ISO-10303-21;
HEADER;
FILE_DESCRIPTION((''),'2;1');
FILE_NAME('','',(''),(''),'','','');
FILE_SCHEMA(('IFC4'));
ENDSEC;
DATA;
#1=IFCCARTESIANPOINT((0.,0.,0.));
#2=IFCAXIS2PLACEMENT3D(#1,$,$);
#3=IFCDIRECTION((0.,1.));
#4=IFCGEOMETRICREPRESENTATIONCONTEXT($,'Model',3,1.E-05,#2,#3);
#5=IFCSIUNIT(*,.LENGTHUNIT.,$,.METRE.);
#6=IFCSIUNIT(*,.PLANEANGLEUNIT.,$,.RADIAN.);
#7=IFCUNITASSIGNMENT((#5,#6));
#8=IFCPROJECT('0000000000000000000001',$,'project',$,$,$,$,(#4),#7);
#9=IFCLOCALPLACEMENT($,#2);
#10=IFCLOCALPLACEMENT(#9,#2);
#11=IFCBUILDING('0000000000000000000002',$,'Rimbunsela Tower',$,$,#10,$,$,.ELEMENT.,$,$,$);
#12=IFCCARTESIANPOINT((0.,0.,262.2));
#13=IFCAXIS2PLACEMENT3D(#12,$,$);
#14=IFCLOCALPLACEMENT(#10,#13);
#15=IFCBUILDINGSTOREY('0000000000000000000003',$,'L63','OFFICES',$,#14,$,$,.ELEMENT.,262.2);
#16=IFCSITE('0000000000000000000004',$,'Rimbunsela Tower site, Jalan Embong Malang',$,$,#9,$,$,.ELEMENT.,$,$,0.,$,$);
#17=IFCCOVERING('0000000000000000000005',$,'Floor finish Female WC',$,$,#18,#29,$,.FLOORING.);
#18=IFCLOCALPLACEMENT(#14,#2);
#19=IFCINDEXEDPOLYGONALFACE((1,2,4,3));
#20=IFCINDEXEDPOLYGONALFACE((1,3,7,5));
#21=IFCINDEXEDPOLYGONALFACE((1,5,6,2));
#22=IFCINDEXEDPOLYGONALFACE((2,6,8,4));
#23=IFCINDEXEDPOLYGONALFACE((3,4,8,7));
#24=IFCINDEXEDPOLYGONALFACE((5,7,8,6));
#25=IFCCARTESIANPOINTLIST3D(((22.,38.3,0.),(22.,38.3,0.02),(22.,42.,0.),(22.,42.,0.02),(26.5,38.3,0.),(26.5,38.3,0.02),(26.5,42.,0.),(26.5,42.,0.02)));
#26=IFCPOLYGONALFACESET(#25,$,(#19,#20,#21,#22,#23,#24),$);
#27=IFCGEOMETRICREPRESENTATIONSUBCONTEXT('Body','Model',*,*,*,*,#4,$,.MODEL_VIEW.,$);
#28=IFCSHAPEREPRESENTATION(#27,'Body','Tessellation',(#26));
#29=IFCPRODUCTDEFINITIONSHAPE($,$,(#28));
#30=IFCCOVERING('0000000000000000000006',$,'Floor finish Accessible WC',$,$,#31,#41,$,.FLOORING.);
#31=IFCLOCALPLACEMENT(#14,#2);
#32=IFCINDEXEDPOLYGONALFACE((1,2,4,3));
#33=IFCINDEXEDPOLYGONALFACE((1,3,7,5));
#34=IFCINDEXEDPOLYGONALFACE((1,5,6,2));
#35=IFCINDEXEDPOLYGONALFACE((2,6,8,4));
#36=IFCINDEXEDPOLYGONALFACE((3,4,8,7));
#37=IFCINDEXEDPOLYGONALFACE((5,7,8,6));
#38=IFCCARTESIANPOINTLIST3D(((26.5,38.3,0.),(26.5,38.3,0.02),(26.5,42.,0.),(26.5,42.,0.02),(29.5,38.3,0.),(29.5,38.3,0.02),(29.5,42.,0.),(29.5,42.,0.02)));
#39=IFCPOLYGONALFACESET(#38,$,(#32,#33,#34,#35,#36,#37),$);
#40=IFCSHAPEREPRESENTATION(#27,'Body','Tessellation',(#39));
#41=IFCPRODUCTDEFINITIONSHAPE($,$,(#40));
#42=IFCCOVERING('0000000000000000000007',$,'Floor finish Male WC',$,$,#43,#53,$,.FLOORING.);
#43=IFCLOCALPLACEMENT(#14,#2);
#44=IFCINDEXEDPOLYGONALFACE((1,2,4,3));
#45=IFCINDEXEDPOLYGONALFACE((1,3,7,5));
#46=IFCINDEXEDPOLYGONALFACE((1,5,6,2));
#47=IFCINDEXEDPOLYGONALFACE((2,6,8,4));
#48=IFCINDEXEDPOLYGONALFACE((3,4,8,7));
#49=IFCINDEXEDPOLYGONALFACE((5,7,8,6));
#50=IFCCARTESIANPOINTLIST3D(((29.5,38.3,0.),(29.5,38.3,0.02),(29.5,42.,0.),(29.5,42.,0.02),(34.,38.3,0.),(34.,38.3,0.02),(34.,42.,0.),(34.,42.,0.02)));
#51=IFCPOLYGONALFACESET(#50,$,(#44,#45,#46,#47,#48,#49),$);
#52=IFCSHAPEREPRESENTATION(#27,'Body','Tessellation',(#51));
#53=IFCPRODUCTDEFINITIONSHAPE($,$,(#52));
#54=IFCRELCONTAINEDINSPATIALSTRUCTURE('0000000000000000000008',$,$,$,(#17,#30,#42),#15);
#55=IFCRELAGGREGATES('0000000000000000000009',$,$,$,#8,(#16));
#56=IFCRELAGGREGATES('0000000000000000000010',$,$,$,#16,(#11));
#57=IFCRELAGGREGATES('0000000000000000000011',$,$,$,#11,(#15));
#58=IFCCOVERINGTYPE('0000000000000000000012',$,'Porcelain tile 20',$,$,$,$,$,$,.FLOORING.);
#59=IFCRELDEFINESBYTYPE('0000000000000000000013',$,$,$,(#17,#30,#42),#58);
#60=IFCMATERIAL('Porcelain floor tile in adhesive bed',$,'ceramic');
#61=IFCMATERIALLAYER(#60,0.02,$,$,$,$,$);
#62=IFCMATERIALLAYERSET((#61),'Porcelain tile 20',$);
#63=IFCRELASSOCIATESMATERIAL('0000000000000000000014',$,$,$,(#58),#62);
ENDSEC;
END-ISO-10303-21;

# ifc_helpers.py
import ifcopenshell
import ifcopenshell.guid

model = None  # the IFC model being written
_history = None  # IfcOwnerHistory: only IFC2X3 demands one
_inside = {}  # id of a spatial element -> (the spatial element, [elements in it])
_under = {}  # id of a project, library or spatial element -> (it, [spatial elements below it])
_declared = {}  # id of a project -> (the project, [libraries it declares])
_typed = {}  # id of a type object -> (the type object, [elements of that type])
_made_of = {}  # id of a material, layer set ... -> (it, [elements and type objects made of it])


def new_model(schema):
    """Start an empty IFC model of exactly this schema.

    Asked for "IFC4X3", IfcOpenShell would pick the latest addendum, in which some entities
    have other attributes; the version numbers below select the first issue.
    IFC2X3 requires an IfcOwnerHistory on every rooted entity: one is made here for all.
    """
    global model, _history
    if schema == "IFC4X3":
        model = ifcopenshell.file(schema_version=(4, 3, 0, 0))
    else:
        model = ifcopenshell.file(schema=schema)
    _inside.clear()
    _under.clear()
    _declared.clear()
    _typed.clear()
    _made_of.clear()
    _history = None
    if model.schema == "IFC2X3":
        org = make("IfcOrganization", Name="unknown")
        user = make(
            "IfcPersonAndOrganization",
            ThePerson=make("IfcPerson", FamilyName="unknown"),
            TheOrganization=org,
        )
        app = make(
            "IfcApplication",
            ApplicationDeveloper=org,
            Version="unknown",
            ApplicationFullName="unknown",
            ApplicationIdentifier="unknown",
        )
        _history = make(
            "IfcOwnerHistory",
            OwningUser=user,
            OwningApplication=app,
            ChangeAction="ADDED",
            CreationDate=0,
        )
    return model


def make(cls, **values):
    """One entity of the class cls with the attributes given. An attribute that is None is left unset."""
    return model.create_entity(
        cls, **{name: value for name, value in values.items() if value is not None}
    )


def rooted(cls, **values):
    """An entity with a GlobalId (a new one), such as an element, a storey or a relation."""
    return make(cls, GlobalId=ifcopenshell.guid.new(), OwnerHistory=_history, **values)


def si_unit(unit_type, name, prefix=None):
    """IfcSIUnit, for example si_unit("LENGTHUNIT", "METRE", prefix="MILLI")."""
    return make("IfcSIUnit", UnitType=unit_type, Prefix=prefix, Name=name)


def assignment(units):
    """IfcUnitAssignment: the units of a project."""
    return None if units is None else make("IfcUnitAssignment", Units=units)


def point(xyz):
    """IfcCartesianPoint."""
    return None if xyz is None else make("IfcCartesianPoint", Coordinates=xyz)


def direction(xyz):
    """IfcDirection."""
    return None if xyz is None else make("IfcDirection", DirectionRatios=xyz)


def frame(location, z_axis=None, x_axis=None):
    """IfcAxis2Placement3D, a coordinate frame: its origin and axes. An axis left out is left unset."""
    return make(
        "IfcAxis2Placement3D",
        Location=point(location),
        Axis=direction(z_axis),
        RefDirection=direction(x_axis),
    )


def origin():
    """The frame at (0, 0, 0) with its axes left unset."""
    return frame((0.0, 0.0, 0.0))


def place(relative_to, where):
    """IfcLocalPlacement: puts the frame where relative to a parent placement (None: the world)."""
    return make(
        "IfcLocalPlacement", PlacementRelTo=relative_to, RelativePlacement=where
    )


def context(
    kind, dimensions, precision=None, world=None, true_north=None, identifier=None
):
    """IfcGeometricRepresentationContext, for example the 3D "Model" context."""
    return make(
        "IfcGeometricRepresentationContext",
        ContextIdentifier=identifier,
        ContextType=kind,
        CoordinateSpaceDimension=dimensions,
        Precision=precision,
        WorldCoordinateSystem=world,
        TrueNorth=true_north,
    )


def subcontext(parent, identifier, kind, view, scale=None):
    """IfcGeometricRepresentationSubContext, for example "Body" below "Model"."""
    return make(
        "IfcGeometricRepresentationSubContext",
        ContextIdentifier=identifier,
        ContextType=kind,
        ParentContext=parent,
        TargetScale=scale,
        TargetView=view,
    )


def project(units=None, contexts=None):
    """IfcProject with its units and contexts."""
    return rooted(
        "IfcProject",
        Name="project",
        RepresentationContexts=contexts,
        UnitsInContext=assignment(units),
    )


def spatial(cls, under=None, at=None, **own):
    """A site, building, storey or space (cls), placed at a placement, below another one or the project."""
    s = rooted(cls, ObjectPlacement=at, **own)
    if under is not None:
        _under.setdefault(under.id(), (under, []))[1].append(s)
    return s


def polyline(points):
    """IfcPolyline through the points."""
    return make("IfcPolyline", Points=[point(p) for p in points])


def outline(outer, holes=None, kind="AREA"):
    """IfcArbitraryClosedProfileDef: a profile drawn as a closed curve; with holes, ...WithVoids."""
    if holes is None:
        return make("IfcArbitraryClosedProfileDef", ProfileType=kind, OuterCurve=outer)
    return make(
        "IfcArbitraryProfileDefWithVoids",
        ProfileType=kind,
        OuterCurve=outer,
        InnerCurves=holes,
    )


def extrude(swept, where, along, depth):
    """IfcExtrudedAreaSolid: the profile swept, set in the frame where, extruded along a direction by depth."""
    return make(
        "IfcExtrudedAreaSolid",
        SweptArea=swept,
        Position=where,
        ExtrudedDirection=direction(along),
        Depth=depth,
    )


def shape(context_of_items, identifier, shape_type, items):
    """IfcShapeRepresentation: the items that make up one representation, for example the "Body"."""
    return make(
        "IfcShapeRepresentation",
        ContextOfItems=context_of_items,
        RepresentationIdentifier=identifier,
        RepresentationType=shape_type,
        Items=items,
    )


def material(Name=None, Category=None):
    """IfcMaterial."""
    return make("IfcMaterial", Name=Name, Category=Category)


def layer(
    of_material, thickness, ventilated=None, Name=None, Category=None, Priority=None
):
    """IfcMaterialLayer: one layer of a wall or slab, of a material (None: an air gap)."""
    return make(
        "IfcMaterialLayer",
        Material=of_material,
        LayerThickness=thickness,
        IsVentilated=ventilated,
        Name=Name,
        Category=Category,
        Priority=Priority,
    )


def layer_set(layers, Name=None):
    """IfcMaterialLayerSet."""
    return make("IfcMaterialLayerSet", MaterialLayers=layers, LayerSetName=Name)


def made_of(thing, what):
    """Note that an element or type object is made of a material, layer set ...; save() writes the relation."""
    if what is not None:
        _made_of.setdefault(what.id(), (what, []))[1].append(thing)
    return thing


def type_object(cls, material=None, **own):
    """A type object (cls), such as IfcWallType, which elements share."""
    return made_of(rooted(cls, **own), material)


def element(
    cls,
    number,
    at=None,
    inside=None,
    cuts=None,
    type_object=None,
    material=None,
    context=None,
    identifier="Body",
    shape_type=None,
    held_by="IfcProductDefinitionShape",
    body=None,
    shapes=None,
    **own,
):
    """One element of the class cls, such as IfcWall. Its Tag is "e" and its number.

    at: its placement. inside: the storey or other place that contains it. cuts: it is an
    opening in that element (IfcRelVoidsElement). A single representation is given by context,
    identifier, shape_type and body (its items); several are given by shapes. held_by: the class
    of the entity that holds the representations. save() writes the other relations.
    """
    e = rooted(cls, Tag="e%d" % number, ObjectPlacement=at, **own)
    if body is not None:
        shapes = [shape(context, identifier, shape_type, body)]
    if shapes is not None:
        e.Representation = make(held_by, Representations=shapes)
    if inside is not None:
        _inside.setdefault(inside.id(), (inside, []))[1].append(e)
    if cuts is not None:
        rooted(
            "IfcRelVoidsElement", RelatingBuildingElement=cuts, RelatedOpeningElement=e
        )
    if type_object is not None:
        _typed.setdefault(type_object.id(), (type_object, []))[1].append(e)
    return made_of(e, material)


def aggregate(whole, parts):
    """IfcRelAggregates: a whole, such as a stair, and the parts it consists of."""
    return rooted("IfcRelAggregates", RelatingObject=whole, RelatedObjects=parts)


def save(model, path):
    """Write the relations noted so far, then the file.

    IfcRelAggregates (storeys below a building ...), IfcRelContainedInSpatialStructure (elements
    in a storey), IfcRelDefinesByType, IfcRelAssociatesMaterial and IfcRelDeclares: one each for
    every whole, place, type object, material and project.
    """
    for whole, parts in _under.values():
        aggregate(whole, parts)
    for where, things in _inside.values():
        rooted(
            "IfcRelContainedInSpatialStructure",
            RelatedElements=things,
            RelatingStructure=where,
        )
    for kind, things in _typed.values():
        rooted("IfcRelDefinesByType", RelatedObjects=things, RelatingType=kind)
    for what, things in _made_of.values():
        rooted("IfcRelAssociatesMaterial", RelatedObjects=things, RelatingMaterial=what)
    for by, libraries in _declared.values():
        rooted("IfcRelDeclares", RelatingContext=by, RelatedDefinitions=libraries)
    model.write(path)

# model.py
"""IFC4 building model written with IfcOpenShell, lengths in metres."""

from ifc_helpers import new_model, si_unit, direction, frame, origin, place, context, subcontext, project, spatial, polyline, outline, extrude, material, layer, layer_set, type_object, element, save


model = new_model("IFC4")

# Units and contexts
model_context = context("Model", 3, precision=1e-05, world=origin(), true_north=direction((0.0, 1.0)))
body_context = subcontext(model_context, "Body", "Model", "MODEL_VIEW")
ifc_project = project(units=[si_unit("LENGTHUNIT", "METRE"), si_unit("PLANEANGLEUNIT", "RADIAN")], contexts=[model_context])

# Site, building, storey
site_placement = place(None, origin())
site = spatial("IfcSite", under=ifc_project, at=site_placement, Name="Rimbunsela Tower site, Jalan Embong Malang", CompositionType="ELEMENT", RefElevation=0.0)
building_placement = place(site_placement, origin())
building = spatial("IfcBuilding", under=site, at=building_placement, Name="Rimbunsela Tower", CompositionType="ELEMENT")
storey_placement = place(building_placement, frame((0.0, 0.0, 262.2)))
storey = spatial("IfcBuildingStorey", under=building, at=storey_placement, Name="L63", Description="OFFICES", CompositionType="ELEMENT", Elevation=262.2)

# Coverings
ifc_material_1 = material(Name="Porcelain floor tile in adhesive bed", Category="ceramic")
ifc_layer_1 = layer(ifc_material_1, 0.02)
ifc_layer_set_1 = layer_set([ifc_layer_1], Name="Porcelain tile 20")
covering_type_1 = type_object("IfcCoveringType", Name="Porcelain tile 20", PredefinedType="FLOORING", material=ifc_layer_set_1)
covering_1_placement = place(storey_placement, origin())
element("IfcCovering", 1, at=covering_1_placement, inside=storey, type_object=covering_type_1, Name="Floor finish Female WC", PredefinedType="FLOORING", context=body_context, shape_type="SweptSolid", body=[
    extrude(outline(polyline([(26.5, 38.3), (26.5, 42.0), (22.0, 42.0), (22.0, 38.3), (26.5, 38.3)])), origin(), (0.0, 0.0, 1.0), 0.02),
])
covering_2_placement = place(storey_placement, origin())
element("IfcCovering", 2, at=covering_2_placement, inside=storey, type_object=covering_type_1, Name="Floor finish Accessible WC", PredefinedType="FLOORING", context=body_context, shape_type="SweptSolid", body=[
    extrude(outline(polyline([(29.5, 38.3), (29.5, 42.0), (26.5, 42.0), (26.5, 38.3), (29.5, 38.3)])), origin(), (0.0, 0.0, 1.0), 0.02),
])
covering_3_placement = place(storey_placement, origin())
element("IfcCovering", 3, at=covering_3_placement, inside=storey, type_object=covering_type_1, Name="Floor finish Male WC", PredefinedType="FLOORING", context=body_context, shape_type="SweptSolid", body=[
    extrude(outline(polyline([(34.0, 38.3), (34.0, 42.0), (29.5, 42.0), (29.5, 38.3), (34.0, 38.3)])), origin(), (0.0, 0.0, 1.0), 0.02),
])

save(model, "model.ifc")
